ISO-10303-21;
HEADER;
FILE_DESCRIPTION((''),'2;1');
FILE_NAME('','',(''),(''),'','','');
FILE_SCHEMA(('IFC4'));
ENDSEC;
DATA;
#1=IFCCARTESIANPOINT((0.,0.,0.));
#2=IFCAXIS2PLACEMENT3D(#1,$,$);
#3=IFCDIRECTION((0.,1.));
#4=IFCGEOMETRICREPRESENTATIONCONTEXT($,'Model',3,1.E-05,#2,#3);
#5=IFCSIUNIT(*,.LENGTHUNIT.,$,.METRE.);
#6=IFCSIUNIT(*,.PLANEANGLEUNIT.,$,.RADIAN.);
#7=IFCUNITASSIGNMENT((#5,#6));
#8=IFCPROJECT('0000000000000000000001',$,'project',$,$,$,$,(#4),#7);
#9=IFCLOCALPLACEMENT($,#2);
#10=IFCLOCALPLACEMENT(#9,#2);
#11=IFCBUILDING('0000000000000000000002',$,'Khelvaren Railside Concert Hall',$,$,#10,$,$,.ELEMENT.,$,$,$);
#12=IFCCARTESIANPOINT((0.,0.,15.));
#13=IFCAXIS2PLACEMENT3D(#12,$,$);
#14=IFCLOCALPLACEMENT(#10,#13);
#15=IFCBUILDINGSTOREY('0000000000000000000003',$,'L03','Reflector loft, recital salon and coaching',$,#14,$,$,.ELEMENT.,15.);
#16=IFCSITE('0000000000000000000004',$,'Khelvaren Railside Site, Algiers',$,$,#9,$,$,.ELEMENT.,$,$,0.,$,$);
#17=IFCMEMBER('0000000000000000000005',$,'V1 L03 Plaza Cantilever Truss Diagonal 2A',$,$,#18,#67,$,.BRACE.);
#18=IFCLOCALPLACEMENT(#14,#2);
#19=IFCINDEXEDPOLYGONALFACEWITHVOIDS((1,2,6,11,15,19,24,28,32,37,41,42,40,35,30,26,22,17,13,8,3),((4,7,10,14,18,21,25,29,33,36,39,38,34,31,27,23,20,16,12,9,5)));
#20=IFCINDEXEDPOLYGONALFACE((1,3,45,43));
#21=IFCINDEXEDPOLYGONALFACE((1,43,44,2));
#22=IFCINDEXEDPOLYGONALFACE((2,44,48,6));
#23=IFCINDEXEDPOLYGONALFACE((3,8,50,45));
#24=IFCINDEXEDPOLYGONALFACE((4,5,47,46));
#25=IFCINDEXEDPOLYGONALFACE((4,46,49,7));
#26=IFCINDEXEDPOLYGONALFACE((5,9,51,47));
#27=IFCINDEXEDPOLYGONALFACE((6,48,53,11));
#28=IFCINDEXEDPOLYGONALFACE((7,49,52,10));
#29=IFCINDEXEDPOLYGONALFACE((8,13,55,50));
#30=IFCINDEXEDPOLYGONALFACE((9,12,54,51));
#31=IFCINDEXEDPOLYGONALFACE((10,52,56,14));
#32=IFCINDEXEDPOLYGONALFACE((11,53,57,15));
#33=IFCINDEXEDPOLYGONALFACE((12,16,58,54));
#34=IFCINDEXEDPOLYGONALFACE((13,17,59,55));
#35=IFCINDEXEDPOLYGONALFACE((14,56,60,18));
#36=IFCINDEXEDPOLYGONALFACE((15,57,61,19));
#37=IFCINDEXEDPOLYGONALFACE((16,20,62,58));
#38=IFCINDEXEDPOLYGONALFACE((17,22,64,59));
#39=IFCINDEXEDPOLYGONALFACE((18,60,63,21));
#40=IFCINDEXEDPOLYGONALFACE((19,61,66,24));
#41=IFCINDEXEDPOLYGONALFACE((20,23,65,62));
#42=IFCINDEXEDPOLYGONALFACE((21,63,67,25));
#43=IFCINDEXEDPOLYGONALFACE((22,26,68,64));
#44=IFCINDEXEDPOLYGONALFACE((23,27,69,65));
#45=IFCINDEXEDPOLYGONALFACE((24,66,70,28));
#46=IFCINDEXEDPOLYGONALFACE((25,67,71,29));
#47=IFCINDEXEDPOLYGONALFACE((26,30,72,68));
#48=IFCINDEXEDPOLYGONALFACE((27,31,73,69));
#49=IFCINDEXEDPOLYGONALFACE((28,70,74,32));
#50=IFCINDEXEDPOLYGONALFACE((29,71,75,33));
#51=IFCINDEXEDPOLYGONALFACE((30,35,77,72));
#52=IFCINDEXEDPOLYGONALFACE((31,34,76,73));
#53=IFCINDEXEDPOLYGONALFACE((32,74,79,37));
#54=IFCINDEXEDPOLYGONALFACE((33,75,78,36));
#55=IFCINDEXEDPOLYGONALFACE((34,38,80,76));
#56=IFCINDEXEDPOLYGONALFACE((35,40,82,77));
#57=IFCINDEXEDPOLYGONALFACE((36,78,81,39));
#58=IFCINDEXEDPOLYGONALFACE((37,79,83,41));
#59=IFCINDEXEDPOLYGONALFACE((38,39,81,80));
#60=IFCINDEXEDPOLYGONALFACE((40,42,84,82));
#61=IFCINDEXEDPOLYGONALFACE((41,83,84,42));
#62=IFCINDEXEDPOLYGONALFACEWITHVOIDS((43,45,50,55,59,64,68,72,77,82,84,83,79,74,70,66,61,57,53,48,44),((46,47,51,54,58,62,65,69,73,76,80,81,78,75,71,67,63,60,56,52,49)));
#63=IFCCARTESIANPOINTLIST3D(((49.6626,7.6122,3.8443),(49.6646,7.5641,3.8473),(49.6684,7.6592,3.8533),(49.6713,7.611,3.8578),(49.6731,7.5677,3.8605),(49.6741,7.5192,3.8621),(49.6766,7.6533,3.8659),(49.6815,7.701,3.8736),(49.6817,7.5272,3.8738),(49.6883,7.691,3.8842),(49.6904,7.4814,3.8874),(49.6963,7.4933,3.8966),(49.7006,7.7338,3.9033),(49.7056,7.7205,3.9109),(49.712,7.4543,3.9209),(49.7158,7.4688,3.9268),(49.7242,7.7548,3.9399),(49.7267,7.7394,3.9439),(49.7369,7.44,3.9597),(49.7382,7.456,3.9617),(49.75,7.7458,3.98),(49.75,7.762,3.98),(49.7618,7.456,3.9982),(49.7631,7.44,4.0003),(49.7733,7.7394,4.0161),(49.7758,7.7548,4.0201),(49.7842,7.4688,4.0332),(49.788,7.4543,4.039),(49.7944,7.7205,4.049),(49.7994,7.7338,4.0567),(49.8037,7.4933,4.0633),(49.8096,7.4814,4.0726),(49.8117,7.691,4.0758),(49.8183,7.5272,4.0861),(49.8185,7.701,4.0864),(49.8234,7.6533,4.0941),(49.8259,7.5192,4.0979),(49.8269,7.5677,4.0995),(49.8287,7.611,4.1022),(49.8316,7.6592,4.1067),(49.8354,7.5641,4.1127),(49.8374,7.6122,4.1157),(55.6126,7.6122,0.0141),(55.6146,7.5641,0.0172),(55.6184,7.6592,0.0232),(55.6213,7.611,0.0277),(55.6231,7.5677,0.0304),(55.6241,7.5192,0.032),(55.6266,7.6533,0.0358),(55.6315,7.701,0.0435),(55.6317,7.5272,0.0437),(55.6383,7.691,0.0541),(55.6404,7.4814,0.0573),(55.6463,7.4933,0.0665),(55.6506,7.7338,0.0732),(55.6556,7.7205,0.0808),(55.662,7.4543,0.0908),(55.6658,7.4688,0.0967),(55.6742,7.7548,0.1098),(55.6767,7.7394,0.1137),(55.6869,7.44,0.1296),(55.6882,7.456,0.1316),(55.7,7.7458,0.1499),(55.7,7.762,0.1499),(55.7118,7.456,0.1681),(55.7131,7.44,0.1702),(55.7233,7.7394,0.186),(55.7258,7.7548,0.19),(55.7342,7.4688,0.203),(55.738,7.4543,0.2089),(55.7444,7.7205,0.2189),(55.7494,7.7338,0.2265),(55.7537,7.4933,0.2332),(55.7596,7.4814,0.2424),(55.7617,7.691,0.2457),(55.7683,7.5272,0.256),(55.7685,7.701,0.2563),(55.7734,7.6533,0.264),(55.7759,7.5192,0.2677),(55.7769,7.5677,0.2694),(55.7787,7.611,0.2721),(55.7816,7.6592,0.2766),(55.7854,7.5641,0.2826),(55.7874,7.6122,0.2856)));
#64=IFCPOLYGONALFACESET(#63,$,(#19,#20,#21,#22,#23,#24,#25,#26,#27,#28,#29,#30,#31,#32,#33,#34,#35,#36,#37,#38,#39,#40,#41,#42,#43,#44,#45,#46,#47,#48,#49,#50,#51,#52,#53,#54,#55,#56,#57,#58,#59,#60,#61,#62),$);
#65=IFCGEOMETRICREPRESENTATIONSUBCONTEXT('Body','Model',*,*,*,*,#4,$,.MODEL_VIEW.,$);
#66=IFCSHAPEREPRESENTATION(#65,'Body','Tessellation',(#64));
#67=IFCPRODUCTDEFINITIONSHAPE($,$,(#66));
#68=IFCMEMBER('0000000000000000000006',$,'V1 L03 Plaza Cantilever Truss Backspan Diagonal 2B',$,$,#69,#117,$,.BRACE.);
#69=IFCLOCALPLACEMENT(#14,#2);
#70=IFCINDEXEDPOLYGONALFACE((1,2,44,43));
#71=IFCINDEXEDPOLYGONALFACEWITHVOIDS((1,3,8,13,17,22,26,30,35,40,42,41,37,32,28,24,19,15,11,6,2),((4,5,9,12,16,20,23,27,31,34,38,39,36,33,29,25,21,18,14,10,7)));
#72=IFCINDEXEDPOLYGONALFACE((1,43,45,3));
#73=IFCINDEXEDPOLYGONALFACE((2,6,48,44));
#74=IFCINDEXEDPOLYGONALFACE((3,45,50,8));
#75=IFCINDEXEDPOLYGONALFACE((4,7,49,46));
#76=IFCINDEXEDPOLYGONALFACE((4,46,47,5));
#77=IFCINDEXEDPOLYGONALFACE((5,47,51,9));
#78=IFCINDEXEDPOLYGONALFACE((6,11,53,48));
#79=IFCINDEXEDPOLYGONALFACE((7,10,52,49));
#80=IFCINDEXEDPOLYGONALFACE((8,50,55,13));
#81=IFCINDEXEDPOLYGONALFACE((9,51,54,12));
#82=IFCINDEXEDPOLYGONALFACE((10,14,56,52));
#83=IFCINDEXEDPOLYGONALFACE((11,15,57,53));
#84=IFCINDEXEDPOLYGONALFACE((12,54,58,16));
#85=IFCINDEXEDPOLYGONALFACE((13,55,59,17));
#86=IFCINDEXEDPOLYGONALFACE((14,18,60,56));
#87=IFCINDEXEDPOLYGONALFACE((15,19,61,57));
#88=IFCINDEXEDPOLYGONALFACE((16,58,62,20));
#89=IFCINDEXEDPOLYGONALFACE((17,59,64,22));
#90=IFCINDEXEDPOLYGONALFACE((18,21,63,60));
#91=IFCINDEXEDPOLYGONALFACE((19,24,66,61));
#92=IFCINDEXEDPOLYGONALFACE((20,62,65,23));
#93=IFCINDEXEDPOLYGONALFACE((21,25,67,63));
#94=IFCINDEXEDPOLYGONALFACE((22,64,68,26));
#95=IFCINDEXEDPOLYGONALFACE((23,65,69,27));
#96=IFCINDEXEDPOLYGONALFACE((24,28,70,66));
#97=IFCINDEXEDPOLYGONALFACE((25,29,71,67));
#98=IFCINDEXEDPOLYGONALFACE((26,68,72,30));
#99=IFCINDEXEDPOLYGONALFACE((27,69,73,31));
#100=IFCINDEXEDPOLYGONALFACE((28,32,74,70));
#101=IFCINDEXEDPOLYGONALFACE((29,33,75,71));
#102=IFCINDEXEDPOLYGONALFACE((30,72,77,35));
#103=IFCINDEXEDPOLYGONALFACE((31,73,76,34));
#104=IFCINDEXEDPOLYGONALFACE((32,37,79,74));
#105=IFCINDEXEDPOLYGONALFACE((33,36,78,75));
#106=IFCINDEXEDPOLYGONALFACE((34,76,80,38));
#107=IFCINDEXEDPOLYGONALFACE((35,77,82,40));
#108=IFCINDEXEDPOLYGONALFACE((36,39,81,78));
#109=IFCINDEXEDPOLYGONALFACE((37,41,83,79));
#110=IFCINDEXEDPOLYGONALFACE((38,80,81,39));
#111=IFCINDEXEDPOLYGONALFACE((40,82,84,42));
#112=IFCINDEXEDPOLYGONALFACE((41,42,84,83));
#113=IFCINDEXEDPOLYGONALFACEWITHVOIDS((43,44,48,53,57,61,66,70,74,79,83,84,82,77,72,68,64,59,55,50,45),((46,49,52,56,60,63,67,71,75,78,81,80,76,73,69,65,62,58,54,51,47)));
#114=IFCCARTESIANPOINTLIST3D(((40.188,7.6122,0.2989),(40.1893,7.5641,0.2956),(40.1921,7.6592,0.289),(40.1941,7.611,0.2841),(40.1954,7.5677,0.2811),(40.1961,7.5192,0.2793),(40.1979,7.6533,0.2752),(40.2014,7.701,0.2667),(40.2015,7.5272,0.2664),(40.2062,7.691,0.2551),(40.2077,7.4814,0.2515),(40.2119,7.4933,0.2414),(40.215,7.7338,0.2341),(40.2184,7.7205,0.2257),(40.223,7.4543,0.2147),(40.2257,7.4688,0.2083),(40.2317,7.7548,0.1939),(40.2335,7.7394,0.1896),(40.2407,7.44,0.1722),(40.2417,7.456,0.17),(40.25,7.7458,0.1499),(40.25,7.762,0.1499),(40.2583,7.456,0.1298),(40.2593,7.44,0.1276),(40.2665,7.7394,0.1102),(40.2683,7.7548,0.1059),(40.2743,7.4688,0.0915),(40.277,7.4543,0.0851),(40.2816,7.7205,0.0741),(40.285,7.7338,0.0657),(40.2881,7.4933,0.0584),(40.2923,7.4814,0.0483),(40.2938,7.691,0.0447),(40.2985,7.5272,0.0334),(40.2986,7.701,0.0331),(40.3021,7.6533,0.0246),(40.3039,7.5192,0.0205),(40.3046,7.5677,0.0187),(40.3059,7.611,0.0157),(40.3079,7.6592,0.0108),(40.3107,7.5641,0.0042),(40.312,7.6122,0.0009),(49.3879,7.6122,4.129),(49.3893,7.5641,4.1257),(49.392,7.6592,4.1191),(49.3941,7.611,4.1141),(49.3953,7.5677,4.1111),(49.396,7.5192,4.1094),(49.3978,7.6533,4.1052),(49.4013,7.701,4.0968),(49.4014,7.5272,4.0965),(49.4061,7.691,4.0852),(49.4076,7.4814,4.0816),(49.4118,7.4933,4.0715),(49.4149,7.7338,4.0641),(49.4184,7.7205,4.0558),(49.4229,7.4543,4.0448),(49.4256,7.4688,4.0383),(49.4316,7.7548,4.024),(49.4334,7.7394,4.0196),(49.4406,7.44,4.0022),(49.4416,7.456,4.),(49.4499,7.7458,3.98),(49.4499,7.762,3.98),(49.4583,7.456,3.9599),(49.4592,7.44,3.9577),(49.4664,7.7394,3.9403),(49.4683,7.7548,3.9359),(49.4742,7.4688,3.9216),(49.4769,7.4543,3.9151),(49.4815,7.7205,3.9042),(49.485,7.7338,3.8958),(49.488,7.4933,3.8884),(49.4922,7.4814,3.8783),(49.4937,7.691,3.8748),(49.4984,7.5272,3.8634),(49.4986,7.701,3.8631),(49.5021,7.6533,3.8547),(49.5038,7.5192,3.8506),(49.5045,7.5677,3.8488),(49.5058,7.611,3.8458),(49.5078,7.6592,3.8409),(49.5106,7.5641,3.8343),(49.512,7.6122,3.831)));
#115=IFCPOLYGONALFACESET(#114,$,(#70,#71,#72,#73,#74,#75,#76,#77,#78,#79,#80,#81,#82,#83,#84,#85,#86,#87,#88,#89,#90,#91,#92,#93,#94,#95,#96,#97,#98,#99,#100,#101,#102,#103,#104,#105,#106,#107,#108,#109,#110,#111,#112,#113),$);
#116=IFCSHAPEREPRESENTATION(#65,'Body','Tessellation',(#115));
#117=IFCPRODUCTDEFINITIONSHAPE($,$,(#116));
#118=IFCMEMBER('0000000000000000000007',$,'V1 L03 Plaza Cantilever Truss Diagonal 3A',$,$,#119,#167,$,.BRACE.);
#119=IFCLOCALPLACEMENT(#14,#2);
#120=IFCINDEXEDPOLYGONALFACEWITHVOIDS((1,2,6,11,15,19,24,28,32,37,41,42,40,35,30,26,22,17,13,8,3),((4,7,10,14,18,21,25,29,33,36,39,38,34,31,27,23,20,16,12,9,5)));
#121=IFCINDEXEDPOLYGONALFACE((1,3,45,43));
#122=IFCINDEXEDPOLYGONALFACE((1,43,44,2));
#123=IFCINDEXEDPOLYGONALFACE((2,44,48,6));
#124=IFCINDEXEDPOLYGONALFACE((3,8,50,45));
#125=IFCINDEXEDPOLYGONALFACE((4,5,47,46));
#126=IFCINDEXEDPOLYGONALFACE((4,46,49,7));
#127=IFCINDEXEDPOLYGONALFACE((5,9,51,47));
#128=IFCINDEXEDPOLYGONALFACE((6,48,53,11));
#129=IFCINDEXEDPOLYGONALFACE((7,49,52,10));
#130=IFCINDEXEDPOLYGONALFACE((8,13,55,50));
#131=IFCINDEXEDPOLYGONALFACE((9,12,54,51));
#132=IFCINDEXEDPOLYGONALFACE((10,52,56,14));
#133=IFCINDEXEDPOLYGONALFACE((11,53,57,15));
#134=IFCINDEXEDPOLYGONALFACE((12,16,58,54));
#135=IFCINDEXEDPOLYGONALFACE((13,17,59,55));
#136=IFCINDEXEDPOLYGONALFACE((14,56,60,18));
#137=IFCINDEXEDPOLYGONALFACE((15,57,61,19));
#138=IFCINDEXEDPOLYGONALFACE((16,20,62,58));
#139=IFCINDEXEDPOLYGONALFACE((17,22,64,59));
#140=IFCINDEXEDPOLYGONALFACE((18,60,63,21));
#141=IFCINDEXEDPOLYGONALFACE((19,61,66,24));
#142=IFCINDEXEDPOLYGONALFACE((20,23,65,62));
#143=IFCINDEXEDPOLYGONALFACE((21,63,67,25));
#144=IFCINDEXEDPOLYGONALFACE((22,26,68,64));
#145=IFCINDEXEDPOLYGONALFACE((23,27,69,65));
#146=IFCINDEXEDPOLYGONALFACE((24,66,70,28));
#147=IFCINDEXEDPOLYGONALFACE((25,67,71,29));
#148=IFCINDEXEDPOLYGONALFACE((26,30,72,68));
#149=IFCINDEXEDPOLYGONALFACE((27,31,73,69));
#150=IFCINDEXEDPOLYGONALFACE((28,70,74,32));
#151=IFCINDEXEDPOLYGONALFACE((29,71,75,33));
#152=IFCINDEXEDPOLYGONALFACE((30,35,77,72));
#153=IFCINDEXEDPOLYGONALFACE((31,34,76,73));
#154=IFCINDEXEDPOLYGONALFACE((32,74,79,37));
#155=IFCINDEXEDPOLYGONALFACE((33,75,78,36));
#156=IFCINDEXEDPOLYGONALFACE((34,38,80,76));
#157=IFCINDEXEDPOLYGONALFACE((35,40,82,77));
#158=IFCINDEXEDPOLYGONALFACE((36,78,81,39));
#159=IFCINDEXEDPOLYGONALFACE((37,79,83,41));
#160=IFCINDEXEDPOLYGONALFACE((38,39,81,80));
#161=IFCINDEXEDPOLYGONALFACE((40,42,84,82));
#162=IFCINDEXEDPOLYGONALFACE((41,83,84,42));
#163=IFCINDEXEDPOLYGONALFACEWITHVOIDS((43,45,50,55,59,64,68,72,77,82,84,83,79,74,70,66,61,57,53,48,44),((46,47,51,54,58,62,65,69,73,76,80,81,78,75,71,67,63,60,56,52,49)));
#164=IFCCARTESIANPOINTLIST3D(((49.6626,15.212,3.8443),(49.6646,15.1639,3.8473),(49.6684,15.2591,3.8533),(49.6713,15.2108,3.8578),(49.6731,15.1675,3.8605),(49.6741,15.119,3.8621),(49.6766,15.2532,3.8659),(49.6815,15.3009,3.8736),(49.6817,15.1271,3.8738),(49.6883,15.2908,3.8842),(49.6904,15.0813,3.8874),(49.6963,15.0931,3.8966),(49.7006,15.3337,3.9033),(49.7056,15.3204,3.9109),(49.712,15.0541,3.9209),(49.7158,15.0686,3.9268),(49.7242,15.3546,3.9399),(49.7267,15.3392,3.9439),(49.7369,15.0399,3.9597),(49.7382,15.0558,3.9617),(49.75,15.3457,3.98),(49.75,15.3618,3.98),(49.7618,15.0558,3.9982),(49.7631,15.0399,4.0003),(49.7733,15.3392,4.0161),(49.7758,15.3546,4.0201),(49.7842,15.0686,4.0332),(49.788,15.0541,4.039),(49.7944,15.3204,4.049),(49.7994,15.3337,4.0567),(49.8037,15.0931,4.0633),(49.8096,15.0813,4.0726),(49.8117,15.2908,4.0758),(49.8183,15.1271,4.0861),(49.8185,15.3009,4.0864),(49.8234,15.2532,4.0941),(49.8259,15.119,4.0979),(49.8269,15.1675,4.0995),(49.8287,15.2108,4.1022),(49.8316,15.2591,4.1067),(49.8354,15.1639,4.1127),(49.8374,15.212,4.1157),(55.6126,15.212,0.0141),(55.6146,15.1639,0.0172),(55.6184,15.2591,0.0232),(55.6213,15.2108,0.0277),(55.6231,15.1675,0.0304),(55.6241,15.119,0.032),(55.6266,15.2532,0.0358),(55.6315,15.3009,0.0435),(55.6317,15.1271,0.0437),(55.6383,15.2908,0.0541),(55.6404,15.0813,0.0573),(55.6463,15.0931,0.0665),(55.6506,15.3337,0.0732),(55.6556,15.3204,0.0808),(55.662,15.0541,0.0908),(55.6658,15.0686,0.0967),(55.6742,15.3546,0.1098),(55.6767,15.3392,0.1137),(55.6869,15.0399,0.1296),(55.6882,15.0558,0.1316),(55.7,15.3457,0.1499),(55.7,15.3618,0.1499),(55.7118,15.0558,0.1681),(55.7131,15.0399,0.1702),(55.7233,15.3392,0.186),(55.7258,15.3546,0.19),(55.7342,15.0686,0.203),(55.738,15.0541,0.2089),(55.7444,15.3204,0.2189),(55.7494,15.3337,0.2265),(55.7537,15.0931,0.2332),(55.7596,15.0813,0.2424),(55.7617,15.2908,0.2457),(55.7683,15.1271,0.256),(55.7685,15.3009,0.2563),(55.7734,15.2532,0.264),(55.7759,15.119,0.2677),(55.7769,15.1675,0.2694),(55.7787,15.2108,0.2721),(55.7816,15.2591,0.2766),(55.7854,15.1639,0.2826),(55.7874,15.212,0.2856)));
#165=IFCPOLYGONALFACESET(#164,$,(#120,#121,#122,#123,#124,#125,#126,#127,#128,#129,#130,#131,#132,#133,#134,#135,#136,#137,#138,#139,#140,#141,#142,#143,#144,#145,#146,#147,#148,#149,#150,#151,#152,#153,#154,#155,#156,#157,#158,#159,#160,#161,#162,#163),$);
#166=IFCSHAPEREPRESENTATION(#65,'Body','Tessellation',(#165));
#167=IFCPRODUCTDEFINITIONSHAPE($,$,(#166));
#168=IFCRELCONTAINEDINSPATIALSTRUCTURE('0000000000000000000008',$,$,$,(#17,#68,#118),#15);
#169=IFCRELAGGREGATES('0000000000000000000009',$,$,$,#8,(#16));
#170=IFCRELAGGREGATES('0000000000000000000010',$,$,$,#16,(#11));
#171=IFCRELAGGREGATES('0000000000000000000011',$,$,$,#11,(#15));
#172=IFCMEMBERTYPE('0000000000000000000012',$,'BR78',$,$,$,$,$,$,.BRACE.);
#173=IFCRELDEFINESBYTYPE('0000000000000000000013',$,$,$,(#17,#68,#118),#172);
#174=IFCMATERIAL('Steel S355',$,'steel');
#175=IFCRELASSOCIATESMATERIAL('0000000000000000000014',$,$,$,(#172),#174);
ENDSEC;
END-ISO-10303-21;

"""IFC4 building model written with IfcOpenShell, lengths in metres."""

from ifc_helpers import new_model, si_unit, direction, frame, origin, origin_2d, place, context, subcontext, project, spatial, hollow_circle, extrude, material, material_profile, profile_set, type_object, element, save


model = new_model("IFC4")

# Units and contexts
model_context = context("Model", 3, precision=1e-05, world=origin(), true_north=direction((0.0, 1.0)))
body_context = subcontext(model_context, "Body", "Model", "MODEL_VIEW")
ifc_project = project(units=[si_unit("LENGTHUNIT", "METRE"), si_unit("PLANEANGLEUNIT", "RADIAN")], contexts=[model_context])

# Site, building, storey
site_placement = place(None, origin())
site = spatial("IfcSite", under=ifc_project, at=site_placement, Name="Khelvaren Railside Site, Algiers", CompositionType="ELEMENT", RefElevation=0.0)
building_placement = place(site_placement, origin())
building = spatial("IfcBuilding", under=site, at=building_placement, Name="Khelvaren Railside Concert Hall", CompositionType="ELEMENT")
storey_placement = place(building_placement, frame((0.0, 0.0, 15.0)))
storey = spatial("IfcBuildingStorey", under=building, at=storey_placement, Name="L03", Description="Reflector loft, recital salon and coaching", CompositionType="ELEMENT", Elevation=15.0)

# Shared definitions
ifc_material_1 = material(Name="Steel S355", Category="steel")

# Members
ifc_material_profile_1 = material_profile(ifc_material_1, hollow_circle(Radius=0.1619, WallThickness=0.0161, at=origin_2d()), Name="CHS 323.9x16")
ifc_profile_set_1 = profile_set([ifc_material_profile_1], Name="Steel S355")
member_type_1 = type_object("IfcMemberType", Name="BR78", PredefinedType="BRACE", material=ifc_profile_set_1)
member_1_placement = place(storey_placement, frame((49.75, 7.6001, 3.98), z_axis=(0.84085, 0.0, -0.541268), x_axis=(0.0, 1.0, 0.0)))
element("IfcMember", 1, at=member_1_placement, inside=storey, type_object=member_type_1, Name="V1 L03 Plaza Cantilever Truss Diagonal 2A", PredefinedType="BRACE", context=body_context, shape_type="SweptSolid", body=[
    extrude(hollow_circle(Radius=0.1619, WallThickness=0.0161, at=origin_2d()), origin(), (0.0, 0.0, 1.0), 7.0762),
])
member_2_placement = place(storey_placement, frame((40.25, 7.6001, 0.1499), z_axis=(0.923192, 0.0, 0.384339), x_axis=(0.0, 1.0, 0.0)))
element("IfcMember", 2, at=member_2_placement, inside=storey, type_object=member_type_1, Name="V1 L03 Plaza Cantilever Truss Backspan Diagonal 2B", PredefinedType="BRACE", context=body_context, shape_type="SweptSolid", body=[
    extrude(hollow_circle(Radius=0.1619, WallThickness=0.0161, at=origin_2d()), origin(), (0.0, 0.0, 1.0), 9.9653),
])
member_3_placement = place(storey_placement, frame((49.75, 15.2, 3.98), z_axis=(0.84085, 0.0, -0.541268), x_axis=(0.0, 1.0, 0.0)))
element("IfcMember", 3, at=member_3_placement, inside=storey, type_object=member_type_1, Name="V1 L03 Plaza Cantilever Truss Diagonal 3A", PredefinedType="BRACE", context=body_context, shape_type="SweptSolid", body=[
    extrude(hollow_circle(Radius=0.1619, WallThickness=0.0161, at=origin_2d()), origin(), (0.0, 0.0, 1.0), 7.0762),
])

save(model, "model.ifc")
